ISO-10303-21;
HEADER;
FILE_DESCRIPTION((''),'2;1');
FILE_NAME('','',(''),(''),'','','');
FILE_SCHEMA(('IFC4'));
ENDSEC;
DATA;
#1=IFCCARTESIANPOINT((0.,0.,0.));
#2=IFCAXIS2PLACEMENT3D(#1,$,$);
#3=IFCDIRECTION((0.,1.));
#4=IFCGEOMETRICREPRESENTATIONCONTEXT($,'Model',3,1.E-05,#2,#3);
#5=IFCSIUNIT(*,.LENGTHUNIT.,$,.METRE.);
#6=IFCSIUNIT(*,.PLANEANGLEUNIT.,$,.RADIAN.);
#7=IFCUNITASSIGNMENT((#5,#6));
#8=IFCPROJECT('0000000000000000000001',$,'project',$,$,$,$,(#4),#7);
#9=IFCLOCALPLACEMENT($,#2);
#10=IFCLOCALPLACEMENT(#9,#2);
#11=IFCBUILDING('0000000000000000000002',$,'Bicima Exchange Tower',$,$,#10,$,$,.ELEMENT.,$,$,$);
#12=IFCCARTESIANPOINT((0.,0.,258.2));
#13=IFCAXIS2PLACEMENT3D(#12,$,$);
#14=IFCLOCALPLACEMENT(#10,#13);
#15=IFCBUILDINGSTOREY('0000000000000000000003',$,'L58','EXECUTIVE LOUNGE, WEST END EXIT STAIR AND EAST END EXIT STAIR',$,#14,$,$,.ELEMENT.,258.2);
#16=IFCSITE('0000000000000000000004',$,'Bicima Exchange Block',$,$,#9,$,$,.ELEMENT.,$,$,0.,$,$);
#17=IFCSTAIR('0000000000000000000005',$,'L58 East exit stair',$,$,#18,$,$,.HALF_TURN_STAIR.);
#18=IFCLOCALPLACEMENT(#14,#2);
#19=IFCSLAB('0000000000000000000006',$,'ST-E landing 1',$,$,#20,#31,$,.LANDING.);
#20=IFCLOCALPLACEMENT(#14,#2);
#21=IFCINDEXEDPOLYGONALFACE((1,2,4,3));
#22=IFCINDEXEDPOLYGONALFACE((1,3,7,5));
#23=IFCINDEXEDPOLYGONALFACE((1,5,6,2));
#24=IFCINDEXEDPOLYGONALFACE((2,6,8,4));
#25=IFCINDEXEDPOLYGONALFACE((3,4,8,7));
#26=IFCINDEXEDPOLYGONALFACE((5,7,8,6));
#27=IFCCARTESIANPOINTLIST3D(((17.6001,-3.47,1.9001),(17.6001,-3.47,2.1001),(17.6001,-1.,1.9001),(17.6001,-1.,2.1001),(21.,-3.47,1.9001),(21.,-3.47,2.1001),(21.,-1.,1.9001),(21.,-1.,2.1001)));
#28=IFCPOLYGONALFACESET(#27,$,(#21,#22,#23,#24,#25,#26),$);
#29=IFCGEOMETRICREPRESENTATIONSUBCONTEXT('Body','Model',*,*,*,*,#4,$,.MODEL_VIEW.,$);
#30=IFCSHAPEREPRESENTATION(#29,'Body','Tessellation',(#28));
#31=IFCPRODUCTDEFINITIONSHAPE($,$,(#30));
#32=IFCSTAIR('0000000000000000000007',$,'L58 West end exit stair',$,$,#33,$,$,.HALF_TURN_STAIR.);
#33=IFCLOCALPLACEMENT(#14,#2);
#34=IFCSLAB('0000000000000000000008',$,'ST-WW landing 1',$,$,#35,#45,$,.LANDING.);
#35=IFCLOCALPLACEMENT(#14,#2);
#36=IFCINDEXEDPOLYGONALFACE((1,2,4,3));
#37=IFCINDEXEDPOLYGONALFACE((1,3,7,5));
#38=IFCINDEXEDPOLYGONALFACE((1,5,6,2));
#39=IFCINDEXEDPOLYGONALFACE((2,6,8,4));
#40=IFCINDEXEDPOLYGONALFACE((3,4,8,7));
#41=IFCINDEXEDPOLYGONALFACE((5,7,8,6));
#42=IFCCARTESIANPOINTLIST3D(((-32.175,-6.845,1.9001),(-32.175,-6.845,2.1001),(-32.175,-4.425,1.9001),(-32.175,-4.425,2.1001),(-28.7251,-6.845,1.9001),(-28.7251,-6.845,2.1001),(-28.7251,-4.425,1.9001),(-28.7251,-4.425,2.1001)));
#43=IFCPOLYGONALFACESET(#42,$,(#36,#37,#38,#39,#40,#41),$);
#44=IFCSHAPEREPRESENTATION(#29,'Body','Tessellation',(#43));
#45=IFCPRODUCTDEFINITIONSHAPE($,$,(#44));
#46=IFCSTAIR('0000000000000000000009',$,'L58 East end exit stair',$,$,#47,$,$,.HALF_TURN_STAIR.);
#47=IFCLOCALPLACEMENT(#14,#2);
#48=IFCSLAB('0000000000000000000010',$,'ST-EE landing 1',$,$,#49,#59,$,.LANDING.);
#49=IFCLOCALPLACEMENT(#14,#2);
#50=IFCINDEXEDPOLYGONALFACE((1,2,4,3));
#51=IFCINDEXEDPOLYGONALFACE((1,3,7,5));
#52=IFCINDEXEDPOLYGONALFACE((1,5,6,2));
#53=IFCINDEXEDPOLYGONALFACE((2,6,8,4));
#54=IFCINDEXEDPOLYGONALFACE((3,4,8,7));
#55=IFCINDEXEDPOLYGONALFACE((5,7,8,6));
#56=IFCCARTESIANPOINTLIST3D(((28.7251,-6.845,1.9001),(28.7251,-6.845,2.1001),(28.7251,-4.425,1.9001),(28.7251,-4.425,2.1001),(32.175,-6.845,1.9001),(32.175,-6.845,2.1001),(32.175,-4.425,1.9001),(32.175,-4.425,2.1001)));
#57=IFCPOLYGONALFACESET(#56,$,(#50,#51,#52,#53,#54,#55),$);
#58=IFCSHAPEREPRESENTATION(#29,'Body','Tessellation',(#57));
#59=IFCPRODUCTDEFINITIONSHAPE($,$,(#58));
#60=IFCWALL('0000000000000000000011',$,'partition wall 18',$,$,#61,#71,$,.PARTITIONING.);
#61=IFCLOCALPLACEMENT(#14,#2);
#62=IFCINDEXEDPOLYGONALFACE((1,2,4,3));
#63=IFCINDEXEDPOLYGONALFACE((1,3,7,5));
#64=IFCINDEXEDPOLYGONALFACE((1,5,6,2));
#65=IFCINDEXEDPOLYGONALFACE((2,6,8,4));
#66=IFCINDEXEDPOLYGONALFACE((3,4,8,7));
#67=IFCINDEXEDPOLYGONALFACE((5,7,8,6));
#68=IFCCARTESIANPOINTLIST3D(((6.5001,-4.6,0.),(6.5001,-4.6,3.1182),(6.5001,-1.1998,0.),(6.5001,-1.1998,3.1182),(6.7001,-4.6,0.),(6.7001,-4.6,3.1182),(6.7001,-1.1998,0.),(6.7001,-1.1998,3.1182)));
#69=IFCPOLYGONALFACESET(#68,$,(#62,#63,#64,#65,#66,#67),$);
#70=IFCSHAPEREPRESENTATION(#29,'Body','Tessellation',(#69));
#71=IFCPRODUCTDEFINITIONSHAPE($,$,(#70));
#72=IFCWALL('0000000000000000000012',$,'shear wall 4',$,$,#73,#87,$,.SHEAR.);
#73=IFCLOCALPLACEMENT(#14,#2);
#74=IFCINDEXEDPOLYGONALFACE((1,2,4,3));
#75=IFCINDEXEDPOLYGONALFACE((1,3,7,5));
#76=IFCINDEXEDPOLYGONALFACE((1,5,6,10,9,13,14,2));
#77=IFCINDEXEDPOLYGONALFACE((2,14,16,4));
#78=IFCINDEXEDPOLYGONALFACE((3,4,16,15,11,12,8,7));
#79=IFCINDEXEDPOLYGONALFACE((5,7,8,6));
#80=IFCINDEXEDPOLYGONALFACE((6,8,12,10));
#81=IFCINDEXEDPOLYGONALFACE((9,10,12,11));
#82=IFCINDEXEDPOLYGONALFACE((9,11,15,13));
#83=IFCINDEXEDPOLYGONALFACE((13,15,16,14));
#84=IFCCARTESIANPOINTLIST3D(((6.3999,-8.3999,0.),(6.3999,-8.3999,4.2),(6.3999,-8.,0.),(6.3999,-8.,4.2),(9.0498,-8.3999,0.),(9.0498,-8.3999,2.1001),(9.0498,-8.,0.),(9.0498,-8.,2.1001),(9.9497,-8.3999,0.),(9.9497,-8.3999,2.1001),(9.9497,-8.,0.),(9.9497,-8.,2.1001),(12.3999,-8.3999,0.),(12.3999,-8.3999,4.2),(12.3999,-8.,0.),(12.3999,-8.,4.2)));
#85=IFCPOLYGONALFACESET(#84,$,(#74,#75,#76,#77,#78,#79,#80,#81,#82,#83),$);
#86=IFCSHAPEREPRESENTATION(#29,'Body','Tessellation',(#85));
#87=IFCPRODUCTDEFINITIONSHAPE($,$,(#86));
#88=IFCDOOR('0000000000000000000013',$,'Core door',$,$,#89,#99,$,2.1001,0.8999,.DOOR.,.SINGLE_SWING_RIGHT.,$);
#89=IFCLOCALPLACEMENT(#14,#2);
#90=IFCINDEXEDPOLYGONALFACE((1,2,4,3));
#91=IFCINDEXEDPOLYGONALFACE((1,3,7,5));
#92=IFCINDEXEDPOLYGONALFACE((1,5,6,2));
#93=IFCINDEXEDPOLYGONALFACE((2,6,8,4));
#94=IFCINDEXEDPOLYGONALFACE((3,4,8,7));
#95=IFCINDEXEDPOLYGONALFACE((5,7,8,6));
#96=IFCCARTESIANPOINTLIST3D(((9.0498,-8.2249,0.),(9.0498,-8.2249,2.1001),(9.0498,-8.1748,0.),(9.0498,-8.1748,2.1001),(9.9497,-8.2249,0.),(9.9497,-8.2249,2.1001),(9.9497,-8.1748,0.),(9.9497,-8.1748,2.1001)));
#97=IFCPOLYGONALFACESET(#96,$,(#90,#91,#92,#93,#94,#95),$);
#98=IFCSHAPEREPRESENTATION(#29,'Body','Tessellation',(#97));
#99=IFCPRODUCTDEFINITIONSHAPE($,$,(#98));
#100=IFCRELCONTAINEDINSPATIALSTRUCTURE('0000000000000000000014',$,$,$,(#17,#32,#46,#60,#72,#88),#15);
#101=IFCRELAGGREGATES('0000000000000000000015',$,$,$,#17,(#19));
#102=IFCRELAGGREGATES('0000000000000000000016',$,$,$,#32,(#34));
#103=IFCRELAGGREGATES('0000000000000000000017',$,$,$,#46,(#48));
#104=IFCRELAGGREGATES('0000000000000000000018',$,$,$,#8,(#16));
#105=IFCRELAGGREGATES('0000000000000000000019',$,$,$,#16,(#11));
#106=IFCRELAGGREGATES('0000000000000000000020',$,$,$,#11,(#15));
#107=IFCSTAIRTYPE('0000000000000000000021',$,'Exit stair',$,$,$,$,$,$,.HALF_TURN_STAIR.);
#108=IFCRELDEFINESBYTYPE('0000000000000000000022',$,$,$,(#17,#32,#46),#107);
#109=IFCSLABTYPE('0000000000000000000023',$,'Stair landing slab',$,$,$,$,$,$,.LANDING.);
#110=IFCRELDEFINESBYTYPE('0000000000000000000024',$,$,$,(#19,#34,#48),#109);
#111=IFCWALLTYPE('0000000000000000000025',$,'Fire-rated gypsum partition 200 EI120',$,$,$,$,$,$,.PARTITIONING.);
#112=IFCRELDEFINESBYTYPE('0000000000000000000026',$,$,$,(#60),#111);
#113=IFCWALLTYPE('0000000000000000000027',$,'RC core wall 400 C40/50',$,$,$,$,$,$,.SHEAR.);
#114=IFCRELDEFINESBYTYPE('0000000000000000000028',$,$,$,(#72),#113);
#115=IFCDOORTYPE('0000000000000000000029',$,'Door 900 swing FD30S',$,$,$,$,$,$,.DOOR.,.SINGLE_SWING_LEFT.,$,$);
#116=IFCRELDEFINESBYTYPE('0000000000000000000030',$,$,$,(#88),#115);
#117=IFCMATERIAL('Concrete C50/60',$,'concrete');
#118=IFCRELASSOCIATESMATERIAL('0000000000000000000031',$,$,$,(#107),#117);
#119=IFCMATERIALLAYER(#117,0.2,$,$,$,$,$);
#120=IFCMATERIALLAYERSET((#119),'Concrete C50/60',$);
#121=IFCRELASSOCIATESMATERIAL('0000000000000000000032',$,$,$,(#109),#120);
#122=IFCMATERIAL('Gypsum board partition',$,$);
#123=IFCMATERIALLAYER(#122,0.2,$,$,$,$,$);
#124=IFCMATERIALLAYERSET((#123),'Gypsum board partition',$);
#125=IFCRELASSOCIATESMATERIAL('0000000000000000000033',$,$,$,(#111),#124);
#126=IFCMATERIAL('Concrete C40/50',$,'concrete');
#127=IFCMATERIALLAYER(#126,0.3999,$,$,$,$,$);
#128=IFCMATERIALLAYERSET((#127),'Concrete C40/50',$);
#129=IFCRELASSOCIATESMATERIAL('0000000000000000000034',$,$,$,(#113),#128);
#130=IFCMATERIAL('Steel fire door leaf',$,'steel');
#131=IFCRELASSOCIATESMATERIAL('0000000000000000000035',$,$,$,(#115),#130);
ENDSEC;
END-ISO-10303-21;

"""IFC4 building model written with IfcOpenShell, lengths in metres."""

from ifc_helpers import new_model, si_unit, direction, frame, frame_2d, origin, place, context, subcontext, project, spatial, polyline, rectangle, outline, extrude, material, layer, layer_set, type_object, element, fill, aggregate, save


model = new_model("IFC4")

# Units and contexts
model_context = context("Model", 3, precision=1e-05, world=origin(), true_north=direction((0.0, 1.0)))
body_context = subcontext(model_context, "Body", "Model", "MODEL_VIEW")
ifc_project = project(units=[si_unit("LENGTHUNIT", "METRE"), si_unit("PLANEANGLEUNIT", "RADIAN")], contexts=[model_context])

# Site, building, storey
site_placement = place(None, origin())
site = spatial("IfcSite", under=ifc_project, at=site_placement, Name="Bicima Exchange Block", CompositionType="ELEMENT", RefElevation=0.0)
building_placement = place(site_placement, origin())
building = spatial("IfcBuilding", under=site, at=building_placement, Name="Bicima Exchange Tower", CompositionType="ELEMENT")
storey_placement = place(building_placement, frame((0.0, 0.0, 258.2)))
storey = spatial("IfcBuildingStorey", under=building, at=storey_placement, Name="L58", Description="EXECUTIVE LOUNGE, WEST END EXIT STAIR AND EAST END EXIT STAIR", CompositionType="ELEMENT", Elevation=258.2)

# Stairs, slabs
ifc_material_1 = material(Name="Concrete C50/60", Category="concrete")
stair_type_1 = type_object("IfcStairType", Name="Exit stair", PredefinedType="HALF_TURN_STAIR", material=ifc_material_1)
stair_1_placement = place(storey_placement, origin())
stair_1 = element("IfcStair", 1, at=stair_1_placement, inside=storey, type_object=stair_type_1, Name="L58 East exit stair", PredefinedType="HALF_TURN_STAIR")
ifc_layer_1 = layer(ifc_material_1, 0.2)
ifc_layer_set_1 = layer_set([ifc_layer_1], Name="Concrete C50/60")
slab_type = type_object("IfcSlabType", Name="Stair landing slab", PredefinedType="LANDING", material=ifc_layer_set_1)
slab_1_placement = place(storey_placement, frame((0.0, 0.0, 1.9001)))
slab_1 = element("IfcSlab", 2, at=slab_1_placement, type_object=slab_type, Name="ST-E landing 1", PredefinedType="LANDING", context=body_context, shape_type="SweptSolid", body=[
    extrude(outline(polyline([(21.0, -3.47), (21.0, -1.0), (17.6001, -1.0), (17.6001, -3.47), (21.0, -3.47)])), origin(), (0.0, 0.0, 1.0), 0.2),
])
aggregate(stair_1, [slab_1])
stair_2_placement = place(storey_placement, origin())
stair_2 = element("IfcStair", 3, at=stair_2_placement, inside=storey, type_object=stair_type_1, Name="L58 West end exit stair", PredefinedType="HALF_TURN_STAIR")
slab_2_placement = place(storey_placement, frame((0.0, 0.0, 1.9001)))
slab_2 = element("IfcSlab", 4, at=slab_2_placement, type_object=slab_type, Name="ST-WW landing 1", PredefinedType="LANDING", context=body_context, shape_type="SweptSolid", body=[
    extrude(outline(polyline([(-28.7251, -6.845), (-28.7251, -4.425), (-32.175, -4.425), (-32.175, -6.845), (-28.7251, -6.845)])), origin(), (0.0, 0.0, 1.0), 0.2),
])
aggregate(stair_2, [slab_2])
stair_3_placement = place(storey_placement, origin())
stair_3 = element("IfcStair", 5, at=stair_3_placement, inside=storey, type_object=stair_type_1, Name="L58 East end exit stair", PredefinedType="HALF_TURN_STAIR")
slab_3_placement = place(storey_placement, frame((0.0, 0.0, 1.9001)))
slab_3 = element("IfcSlab", 6, at=slab_3_placement, type_object=slab_type, Name="ST-EE landing 1", PredefinedType="LANDING", context=body_context, shape_type="SweptSolid", body=[
    extrude(outline(polyline([(32.175, -6.845), (32.175, -4.425), (28.7251, -4.425), (28.7251, -6.845), (32.175, -6.845)])), origin(), (0.0, 0.0, 1.0), 0.2),
])
aggregate(stair_3, [slab_3])

# Wall
ifc_material_2 = material(Name="Gypsum board partition")
ifc_layer_2 = layer(ifc_material_2, 0.2)
ifc_layer_set_2 = layer_set([ifc_layer_2], Name="Gypsum board partition")
wall_type_1 = type_object("IfcWallType", Name="Fire-rated gypsum partition 200 EI120", PredefinedType="PARTITIONING", material=ifc_layer_set_2)
wall_1_placement = place(storey_placement, frame((6.6001, -4.6001, 0.0), z_axis=(0.0, 0.0, 1.0), x_axis=(0.0, 1.0, 0.0)))
element("IfcWall", 7, at=wall_1_placement, inside=storey, type_object=wall_type_1, Name="partition wall 18", PredefinedType="PARTITIONING", context=body_context, shape_type="SweptSolid", body=[
    extrude(rectangle(XDim=3.4001, YDim=0.2, at=frame_2d((1.7002, 0.0))), origin(), (0.0, 0.0, 1.0), 3.1182),
])

# Wall, opening, door
ifc_material_3 = material(Name="Concrete C40/50", Category="concrete")
ifc_layer_3 = layer(ifc_material_3, 0.3999)
ifc_layer_set_3 = layer_set([ifc_layer_3], Name="Concrete C40/50")
wall_type_2 = type_object("IfcWallType", Name="RC core wall 400 C40/50", PredefinedType="SHEAR", material=ifc_layer_set_3)
wall_2_placement = place(storey_placement, frame((6.3999, -8.2, 0.0), z_axis=(0.0, 0.0, 1.0), x_axis=(1.0, 0.0, 0.0)))
wall_2 = element("IfcWall", 8, at=wall_2_placement, inside=storey, type_object=wall_type_2, Name="shear wall 4", PredefinedType="SHEAR", context=body_context, shape_type="SweptSolid", body=[
    extrude(rectangle(XDim=6.0, YDim=0.3999, at=frame_2d((3.0, 0.0))), origin(), (0.0, 0.0, 1.0), 4.2),
])
opening_1_placement = place(wall_2_placement, frame((2.6499, 0.0, 0.0)))
opening_1 = element("IfcOpeningElement", 9, at=opening_1_placement, cuts=wall_2, PredefinedType="OPENING", context=body_context, shape_type="SweptSolid", body=[
    extrude(rectangle(XDim=0.8999, YDim=2.1001, at=frame_2d((0.45, 1.05))), frame((0.0, 0.2119, 0.0), z_axis=(0.0, -1.0, 0.0), x_axis=(1.0, 0.0, 0.0)), (0.0, 0.0, 1.0), 0.4238),
])
ifc_material_4 = material(Name="Steel fire door leaf", Category="steel")
door_type_1 = type_object("IfcDoorType", Name="Door 900 swing FD30S", OperationType="SINGLE_SWING_LEFT", PredefinedType="DOOR", material=ifc_material_4)
door_1_placement = place(opening_1_placement, frame((0.8999, 0.0, 0.0), z_axis=(0.0, 0.0, 1.0), x_axis=(-1.0, 0.0, 0.0)))
door_1 = element("IfcDoor", 10, at=door_1_placement, inside=storey, type_object=door_type_1, Name="Core door", OperationType="SINGLE_SWING_RIGHT", OverallHeight=2.1001, OverallWidth=0.8999, PredefinedType="DOOR", context=body_context, shape_type="SweptSolid", body=[
    extrude(rectangle(XDim=0.8999, YDim=2.1001, at=frame_2d((0.45, 1.05))), frame((0.0, 0.0249, 0.0), z_axis=(0.0, -1.0, 0.0), x_axis=(1.0, 0.0, 0.0)), (0.0, 0.0, 1.0), 0.05),
])
fill(opening_1, door_1)

save(model, "model.ifc")
